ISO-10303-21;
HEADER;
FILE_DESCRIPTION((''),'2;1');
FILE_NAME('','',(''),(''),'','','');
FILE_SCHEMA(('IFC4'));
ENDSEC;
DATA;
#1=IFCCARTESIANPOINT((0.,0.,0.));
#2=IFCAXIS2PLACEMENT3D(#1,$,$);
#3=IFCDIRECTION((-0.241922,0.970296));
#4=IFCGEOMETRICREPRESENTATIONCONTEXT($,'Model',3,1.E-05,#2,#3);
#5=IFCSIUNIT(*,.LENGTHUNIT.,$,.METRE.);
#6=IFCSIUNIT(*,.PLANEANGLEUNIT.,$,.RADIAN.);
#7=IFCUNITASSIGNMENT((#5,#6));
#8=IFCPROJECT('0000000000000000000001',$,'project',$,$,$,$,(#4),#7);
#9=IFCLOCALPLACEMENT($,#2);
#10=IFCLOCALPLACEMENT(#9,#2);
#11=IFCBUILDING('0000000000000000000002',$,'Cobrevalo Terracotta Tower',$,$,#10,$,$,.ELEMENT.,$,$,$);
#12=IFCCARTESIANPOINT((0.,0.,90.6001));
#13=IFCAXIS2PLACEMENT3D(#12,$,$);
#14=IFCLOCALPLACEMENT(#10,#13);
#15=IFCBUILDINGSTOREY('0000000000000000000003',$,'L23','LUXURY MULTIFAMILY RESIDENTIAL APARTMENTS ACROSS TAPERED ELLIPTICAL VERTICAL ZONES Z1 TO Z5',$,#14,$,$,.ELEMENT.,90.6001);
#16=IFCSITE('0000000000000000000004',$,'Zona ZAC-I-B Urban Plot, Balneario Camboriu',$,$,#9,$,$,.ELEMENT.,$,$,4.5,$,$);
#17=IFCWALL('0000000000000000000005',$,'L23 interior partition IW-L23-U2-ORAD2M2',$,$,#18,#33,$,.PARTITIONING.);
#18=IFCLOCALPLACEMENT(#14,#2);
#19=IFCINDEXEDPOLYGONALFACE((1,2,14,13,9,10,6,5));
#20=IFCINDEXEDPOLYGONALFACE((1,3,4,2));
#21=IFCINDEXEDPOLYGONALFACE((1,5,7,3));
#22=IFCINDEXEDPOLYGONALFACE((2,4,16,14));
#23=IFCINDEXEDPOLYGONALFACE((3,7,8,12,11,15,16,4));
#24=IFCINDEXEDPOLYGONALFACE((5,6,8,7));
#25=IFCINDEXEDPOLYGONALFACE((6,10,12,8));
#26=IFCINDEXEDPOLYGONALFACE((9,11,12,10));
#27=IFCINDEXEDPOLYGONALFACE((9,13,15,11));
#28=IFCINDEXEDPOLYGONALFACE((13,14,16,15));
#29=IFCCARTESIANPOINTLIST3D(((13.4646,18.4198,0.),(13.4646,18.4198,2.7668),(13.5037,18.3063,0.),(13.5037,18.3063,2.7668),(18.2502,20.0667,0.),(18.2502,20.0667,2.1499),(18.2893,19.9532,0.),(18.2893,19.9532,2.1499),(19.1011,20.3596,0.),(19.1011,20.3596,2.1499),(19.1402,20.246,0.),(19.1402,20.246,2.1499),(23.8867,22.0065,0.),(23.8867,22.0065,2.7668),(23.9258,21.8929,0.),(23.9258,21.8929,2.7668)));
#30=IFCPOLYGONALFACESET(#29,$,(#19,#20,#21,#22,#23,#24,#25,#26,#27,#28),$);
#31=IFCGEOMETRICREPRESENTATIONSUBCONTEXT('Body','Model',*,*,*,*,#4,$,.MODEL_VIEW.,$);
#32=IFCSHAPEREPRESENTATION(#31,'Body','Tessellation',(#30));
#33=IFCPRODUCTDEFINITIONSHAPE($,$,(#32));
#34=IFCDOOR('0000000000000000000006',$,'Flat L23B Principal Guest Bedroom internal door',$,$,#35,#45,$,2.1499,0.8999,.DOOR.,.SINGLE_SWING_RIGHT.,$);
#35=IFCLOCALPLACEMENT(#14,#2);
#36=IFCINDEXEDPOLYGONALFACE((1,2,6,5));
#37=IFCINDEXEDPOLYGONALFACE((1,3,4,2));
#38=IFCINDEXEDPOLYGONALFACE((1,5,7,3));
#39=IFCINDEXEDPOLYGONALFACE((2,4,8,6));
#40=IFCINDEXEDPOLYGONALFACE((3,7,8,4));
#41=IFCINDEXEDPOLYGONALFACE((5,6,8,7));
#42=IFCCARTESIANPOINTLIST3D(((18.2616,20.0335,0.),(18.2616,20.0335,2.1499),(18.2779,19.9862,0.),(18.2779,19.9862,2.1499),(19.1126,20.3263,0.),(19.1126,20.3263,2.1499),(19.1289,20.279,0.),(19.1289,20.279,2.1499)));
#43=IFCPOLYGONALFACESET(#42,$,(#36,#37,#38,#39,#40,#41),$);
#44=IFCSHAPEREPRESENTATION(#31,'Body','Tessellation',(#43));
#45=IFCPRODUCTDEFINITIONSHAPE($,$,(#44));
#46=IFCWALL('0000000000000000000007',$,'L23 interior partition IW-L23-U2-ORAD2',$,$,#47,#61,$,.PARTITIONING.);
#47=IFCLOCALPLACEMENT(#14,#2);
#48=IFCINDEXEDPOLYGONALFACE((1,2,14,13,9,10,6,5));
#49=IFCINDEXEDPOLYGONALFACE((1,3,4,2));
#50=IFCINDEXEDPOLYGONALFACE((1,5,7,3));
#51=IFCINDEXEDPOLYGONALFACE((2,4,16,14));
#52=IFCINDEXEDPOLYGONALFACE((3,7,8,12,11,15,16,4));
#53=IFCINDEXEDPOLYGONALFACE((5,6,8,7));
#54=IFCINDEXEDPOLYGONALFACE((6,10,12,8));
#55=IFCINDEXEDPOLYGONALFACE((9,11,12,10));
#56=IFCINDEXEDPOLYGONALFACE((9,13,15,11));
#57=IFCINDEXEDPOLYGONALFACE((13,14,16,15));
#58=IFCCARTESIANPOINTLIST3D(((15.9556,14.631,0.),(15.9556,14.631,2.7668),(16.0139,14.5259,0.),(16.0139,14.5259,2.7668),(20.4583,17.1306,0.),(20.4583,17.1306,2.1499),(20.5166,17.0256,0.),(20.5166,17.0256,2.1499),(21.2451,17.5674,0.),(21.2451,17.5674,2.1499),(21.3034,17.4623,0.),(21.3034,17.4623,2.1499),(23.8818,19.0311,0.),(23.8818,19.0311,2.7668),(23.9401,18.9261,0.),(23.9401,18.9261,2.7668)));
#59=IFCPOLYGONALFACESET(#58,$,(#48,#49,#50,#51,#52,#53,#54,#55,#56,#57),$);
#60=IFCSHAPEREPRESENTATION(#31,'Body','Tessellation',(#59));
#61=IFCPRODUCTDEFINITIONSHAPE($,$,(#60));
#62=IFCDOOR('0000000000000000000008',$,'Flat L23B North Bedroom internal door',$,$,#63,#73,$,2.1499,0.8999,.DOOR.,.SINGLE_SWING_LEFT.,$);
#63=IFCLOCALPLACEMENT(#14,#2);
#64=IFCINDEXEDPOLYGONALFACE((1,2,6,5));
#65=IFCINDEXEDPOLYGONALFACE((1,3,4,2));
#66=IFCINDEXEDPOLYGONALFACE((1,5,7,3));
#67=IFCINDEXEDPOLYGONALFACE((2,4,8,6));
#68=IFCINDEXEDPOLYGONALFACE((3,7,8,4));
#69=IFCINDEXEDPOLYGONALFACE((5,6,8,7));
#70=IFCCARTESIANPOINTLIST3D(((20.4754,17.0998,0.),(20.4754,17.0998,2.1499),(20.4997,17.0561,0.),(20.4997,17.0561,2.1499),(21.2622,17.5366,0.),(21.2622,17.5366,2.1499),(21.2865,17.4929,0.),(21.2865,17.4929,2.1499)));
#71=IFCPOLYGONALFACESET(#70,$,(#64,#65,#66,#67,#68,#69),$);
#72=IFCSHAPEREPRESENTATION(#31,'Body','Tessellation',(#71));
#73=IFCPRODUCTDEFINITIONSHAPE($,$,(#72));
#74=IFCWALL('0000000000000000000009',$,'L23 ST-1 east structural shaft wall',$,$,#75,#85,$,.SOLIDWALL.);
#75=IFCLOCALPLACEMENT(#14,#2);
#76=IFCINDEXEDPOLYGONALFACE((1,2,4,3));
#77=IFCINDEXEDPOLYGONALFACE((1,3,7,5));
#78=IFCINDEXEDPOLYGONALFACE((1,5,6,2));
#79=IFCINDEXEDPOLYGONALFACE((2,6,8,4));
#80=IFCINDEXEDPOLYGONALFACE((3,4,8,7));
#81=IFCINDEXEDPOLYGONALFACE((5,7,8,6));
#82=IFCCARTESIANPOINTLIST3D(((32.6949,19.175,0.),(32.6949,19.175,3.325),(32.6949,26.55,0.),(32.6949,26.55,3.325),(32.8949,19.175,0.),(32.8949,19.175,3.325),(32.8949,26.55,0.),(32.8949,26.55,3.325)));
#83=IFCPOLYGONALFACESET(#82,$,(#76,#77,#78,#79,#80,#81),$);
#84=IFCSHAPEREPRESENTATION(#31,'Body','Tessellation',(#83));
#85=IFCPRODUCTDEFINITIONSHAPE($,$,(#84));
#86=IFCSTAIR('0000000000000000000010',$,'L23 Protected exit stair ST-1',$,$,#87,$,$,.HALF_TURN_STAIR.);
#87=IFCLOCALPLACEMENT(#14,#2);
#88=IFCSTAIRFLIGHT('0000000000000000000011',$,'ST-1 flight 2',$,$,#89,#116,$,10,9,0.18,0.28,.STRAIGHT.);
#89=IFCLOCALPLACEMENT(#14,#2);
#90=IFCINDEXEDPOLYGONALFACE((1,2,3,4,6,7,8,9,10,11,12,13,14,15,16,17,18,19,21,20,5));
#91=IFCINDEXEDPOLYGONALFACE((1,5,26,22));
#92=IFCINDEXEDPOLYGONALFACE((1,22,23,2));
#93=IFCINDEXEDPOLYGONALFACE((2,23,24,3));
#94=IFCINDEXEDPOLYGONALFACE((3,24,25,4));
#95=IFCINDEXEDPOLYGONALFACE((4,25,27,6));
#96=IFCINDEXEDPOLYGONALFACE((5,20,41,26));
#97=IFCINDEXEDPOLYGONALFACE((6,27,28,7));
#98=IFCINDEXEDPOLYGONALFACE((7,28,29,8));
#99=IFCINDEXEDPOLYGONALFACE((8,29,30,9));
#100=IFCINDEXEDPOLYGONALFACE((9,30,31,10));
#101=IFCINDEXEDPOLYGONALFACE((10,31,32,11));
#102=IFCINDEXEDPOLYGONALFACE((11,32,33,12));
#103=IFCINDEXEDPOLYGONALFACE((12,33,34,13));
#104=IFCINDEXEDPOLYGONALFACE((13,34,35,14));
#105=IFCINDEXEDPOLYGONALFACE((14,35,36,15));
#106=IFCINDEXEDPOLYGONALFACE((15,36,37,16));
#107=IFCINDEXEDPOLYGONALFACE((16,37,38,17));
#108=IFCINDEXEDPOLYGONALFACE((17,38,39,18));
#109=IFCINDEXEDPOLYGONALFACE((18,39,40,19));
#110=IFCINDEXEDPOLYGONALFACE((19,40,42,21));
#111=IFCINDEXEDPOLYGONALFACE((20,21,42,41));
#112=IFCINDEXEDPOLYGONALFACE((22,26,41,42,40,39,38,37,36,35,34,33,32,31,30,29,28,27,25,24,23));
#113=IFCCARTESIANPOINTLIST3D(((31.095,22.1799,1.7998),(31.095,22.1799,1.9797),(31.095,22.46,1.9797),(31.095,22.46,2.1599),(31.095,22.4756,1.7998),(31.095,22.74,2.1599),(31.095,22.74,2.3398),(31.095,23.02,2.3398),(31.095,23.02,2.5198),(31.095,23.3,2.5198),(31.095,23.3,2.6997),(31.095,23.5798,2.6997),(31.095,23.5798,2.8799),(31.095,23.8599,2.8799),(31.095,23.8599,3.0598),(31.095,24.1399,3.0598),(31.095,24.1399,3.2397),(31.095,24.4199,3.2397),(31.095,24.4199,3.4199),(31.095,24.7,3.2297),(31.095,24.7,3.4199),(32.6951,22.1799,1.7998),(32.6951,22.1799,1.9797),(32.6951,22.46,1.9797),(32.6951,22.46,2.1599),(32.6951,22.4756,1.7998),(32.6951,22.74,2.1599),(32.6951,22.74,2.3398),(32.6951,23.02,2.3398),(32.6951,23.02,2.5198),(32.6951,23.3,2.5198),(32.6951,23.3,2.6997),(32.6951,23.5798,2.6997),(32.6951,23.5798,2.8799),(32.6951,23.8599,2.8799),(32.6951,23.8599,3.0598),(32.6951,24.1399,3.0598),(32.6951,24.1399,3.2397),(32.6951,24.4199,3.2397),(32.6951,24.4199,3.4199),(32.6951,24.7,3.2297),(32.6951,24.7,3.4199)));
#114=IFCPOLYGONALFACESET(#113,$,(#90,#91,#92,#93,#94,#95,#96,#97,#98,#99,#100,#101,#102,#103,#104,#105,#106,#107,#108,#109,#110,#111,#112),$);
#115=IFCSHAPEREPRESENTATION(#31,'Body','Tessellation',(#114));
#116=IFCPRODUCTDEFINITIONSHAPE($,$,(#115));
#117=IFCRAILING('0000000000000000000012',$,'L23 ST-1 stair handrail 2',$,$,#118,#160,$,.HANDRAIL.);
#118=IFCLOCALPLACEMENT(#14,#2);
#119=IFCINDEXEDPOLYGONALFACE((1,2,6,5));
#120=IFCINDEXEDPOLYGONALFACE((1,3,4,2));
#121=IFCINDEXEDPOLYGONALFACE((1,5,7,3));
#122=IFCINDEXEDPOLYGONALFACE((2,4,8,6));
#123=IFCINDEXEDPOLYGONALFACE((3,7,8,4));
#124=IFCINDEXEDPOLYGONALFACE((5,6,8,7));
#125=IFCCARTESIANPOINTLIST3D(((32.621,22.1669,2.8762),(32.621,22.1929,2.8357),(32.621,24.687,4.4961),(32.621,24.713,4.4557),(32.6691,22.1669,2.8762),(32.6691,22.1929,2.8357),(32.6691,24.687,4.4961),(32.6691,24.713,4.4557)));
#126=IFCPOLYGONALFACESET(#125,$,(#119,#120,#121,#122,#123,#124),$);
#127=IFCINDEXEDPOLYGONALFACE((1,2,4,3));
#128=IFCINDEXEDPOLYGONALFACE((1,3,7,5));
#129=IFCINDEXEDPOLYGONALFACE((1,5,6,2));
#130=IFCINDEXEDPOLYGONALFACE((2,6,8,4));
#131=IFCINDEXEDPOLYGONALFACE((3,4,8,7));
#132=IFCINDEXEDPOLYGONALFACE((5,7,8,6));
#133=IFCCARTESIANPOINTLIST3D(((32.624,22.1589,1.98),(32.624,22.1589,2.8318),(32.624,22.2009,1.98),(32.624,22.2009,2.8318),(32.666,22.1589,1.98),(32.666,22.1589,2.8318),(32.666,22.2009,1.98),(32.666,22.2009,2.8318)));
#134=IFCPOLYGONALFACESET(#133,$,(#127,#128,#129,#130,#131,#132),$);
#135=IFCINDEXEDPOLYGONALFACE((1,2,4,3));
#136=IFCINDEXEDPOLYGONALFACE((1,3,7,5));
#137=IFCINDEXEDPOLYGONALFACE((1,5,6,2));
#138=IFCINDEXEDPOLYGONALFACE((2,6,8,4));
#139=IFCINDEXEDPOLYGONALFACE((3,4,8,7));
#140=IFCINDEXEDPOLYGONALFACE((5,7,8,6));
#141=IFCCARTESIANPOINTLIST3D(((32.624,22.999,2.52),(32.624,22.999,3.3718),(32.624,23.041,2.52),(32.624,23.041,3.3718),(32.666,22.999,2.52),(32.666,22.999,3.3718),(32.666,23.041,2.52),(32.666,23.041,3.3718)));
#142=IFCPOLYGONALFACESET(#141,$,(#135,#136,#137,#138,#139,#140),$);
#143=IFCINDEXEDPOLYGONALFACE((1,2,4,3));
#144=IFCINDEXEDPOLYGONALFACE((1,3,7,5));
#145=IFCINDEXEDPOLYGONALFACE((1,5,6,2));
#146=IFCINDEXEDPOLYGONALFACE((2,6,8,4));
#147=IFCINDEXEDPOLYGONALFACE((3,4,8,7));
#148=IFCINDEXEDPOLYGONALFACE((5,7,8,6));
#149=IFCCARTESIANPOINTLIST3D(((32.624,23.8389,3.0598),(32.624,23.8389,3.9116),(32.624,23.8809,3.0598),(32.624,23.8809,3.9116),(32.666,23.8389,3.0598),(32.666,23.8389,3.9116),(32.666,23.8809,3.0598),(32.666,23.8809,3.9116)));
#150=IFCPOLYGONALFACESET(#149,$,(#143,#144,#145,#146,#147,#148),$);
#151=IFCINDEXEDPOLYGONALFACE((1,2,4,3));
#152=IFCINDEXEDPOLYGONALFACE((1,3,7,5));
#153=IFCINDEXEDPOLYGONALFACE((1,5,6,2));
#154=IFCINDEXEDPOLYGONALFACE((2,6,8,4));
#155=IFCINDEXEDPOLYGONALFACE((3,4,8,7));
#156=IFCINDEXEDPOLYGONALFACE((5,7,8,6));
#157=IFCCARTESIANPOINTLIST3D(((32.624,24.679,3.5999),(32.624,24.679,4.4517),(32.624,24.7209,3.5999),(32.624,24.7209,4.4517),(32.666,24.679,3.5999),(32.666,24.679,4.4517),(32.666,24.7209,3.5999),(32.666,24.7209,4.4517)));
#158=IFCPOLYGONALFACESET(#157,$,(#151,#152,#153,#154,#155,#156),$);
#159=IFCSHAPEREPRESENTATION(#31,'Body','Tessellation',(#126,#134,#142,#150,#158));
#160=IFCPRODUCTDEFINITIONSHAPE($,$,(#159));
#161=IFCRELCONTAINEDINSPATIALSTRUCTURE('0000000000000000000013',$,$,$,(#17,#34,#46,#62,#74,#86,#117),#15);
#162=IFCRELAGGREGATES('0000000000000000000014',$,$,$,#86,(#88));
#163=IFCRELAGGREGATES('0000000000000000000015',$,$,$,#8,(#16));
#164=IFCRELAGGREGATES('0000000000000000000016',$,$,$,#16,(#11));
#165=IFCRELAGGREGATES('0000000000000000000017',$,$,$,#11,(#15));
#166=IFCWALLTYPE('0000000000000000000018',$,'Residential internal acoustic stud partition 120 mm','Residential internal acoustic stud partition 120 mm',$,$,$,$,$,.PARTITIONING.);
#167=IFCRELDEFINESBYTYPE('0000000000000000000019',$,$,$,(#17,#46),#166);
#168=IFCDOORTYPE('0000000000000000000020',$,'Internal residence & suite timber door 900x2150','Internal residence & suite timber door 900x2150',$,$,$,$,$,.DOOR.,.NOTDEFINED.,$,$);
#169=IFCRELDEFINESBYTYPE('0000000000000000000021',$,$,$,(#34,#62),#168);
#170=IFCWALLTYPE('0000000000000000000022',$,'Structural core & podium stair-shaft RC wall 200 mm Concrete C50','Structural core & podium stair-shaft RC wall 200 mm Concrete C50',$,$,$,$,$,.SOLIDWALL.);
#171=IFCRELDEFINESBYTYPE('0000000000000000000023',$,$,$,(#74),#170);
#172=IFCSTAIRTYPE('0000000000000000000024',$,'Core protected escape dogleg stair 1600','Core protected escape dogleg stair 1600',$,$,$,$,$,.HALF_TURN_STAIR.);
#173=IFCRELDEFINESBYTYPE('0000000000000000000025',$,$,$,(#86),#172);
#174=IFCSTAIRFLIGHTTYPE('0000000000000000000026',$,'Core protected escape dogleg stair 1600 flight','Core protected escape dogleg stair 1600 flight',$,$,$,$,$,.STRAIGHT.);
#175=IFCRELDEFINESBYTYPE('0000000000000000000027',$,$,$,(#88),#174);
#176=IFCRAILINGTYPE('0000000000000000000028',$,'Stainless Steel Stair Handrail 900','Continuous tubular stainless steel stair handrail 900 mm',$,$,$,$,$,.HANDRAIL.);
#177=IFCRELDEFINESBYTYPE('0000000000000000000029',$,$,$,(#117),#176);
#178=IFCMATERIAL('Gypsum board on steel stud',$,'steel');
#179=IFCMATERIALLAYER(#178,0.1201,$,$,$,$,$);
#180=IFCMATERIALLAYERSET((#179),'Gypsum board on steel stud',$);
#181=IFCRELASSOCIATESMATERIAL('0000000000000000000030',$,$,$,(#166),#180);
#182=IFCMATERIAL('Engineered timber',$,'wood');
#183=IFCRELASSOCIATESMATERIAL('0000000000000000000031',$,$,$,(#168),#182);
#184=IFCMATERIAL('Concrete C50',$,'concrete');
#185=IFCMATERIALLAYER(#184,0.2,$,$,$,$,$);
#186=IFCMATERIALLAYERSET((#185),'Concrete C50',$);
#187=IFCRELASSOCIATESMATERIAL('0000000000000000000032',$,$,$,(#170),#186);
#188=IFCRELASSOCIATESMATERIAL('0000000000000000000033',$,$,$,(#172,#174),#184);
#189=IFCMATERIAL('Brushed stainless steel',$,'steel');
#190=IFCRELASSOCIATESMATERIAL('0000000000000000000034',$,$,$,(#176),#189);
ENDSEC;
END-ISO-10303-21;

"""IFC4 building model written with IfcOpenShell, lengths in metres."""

from ifc_helpers import new_model, si_unit, direction, frame, frame_2d, origin, origin_2d, place, context, subcontext, project, spatial, polyline, rectangle, outline, extrude, source, transform, mapped, material, layer, layer_set, type_object, element, fill, aggregate, save


model = new_model("IFC4")

# Units and contexts
model_context = context("Model", 3, precision=1e-05, world=origin(), true_north=direction((-0.241922, 0.970296)))
body_context = subcontext(model_context, "Body", "Model", "MODEL_VIEW")
ifc_project = project(units=[si_unit("LENGTHUNIT", "METRE"), si_unit("PLANEANGLEUNIT", "RADIAN")], contexts=[model_context])

# Site, building, storey
site_placement = place(None, origin())
site = spatial("IfcSite", under=ifc_project, at=site_placement, Name="Zona ZAC-I-B Urban Plot, Balneario Camboriu", CompositionType="ELEMENT", RefElevation=4.5)
building_placement = place(site_placement, origin())
building = spatial("IfcBuilding", under=site, at=building_placement, Name="Cobrevalo Terracotta Tower", CompositionType="ELEMENT")
storey_placement = place(building_placement, frame((0.0, 0.0, 90.6001)))
storey = spatial("IfcBuildingStorey", under=building, at=storey_placement, Name="L23", Description="LUXURY MULTIFAMILY RESIDENTIAL APARTMENTS ACROSS TAPERED ELLIPTICAL VERTICAL ZONES Z1 TO Z5", CompositionType="ELEMENT", Elevation=90.6001)

# Shared definitions
ifc_material_1 = material(Name="Gypsum board on steel stud", Category="steel")

# Walls, openings, doors
ifc_layer_1 = layer(ifc_material_1, 0.1201)
ifc_layer_set_1 = layer_set([ifc_layer_1], Name="Gypsum board on steel stud")
wall_type_1 = type_object("IfcWallType", Name="Residential internal acoustic stud partition 120 mm", Description="Residential internal acoustic stud partition 120 mm", PredefinedType="PARTITIONING", material=ifc_layer_set_1)
wall_1_placement = place(storey_placement, frame((23.9062, 21.9497, 0.0), z_axis=(0.0, 0.0, 1.0), x_axis=(-0.945573, -0.32541, 0.0)))
wall_1 = element("IfcWall", 1, at=wall_1_placement, inside=storey, type_object=wall_type_1, Name="L23 interior partition IW-L23-U2-ORAD2M2", PredefinedType="PARTITIONING", context=body_context, shape_type="SweptSolid", body=[
    extrude(rectangle(XDim=11.022, YDim=0.1201, at=frame_2d((5.511, 0.0))), origin(), (0.0, 0.0, 1.0), 2.7668),
])
opening_1_placement = place(wall_1_placement, frame((5.061, 0.0, 0.0)))
opening_1 = element("IfcOpeningElement", 2, at=opening_1_placement, cuts=wall_1, PredefinedType="OPENING", context=body_context, shape_type="SweptSolid", body=[
    extrude(rectangle(XDim=0.8999, YDim=2.1499, at=frame_2d((0.45, 1.075))), frame((0.0, 0.0701, 0.0), z_axis=(0.0, -1.0, 0.0), x_axis=(1.0, 0.0, 0.0)), (0.0, 0.0, 1.0), 0.1401),
])
ifc_material_2 = material(Name="Engineered timber", Category="wood")
door_type_1 = type_object("IfcDoorType", Name="Internal residence & suite timber door 900x2150", Description="Internal residence & suite timber door 900x2150", OperationType="NOTDEFINED", PredefinedType="DOOR", material=ifc_material_2)
shared_shape_1 = source(origin(), body_context, "Body", "SweptSolid", [
    extrude(rectangle(XDim=0.8999, YDim=2.1499, at=frame_2d((0.45, 1.075))), frame((0.0, 0.0249, 0.0), z_axis=(0.0, -1.0, 0.0), x_axis=(1.0, 0.0, 0.0)), (0.0, 0.0, 1.0), 0.05),
])
door_1_placement = place(opening_1_placement, frame((0.8999, 0.0, 0.0), z_axis=(0.0, 0.0, 1.0), x_axis=(-1.0, 0.0, 0.0)))
door_1 = element("IfcDoor", 3, at=door_1_placement, inside=storey, type_object=door_type_1, Name="Flat L23B Principal Guest Bedroom internal door", OperationType="SINGLE_SWING_RIGHT", OverallHeight=2.1499, OverallWidth=0.8999, PredefinedType="DOOR", context=body_context, shape_type="MappedRepresentation", body=[
    mapped(shared_shape_1, transform((0.0, 0.0, 0.0), scale=1.0)),
])
fill(opening_1, door_1)
wall_2_placement = place(storey_placement, frame((23.9109, 18.9785, 0.0), z_axis=(0.0, 0.0, 1.0), x_axis=(-0.874313, -0.485362, 0.0)))
wall_2 = element("IfcWall", 4, at=wall_2_placement, inside=storey, type_object=wall_type_1, Name="L23 interior partition IW-L23-U2-ORAD2", PredefinedType="PARTITIONING", context=body_context, shape_type="SweptSolid", body=[
    extrude(rectangle(XDim=9.0657, YDim=0.1201, at=frame_2d((4.5327, 0.0))), origin(), (0.0, 0.0, 1.0), 2.7668),
])
opening_2_placement = place(wall_2_placement, frame((3.0156, 0.0, 0.0)))
opening_2 = element("IfcOpeningElement", 5, at=opening_2_placement, cuts=wall_2, PredefinedType="OPENING", context=body_context, shape_type="SweptSolid", body=[
    extrude(rectangle(XDim=0.8999, YDim=2.1499, at=frame_2d((0.45, 1.075))), frame((0.0, 0.0701, 0.0), z_axis=(0.0, -1.0, 0.0), x_axis=(1.0, 0.0, 0.0)), (0.0, 0.0, 1.0), 0.1401),
])
door_2_placement = place(opening_2_placement, frame((0.8999, 0.0, 0.0), z_axis=(0.0, 0.0, 1.0), x_axis=(-1.0, 0.0, 0.0)))
door_2 = element("IfcDoor", 6, at=door_2_placement, inside=storey, type_object=door_type_1, Name="Flat L23B North Bedroom internal door", OperationType="SINGLE_SWING_LEFT", OverallHeight=2.1499, OverallWidth=0.8999, PredefinedType="DOOR", context=body_context, shape_type="MappedRepresentation", body=[
    mapped(shared_shape_1, transform((0.0, 0.0, 0.0), scale=1.0)),
])
fill(opening_2, door_2)

# Wall
ifc_material_3 = material(Name="Concrete C50", Category="concrete")
ifc_layer_2 = layer(ifc_material_3, 0.2)
ifc_layer_set_2 = layer_set([ifc_layer_2], Name="Concrete C50")
wall_type_2 = type_object("IfcWallType", Name="Structural core & podium stair-shaft RC wall 200 mm Concrete C50", Description="Structural core & podium stair-shaft RC wall 200 mm Concrete C50", PredefinedType="SOLIDWALL", material=ifc_layer_set_2)
wall_3_placement = place(storey_placement, frame((32.7949, 19.175, 0.0), z_axis=(0.0, 0.0, 1.0), x_axis=(0.0, 1.0, 0.0)))
element("IfcWall", 7, at=wall_3_placement, inside=storey, type_object=wall_type_2, Name="L23 ST-1 east structural shaft wall", PredefinedType="SOLIDWALL", context=body_context, shape_type="SweptSolid", body=[
    extrude(rectangle(XDim=7.375, YDim=0.2, at=frame_2d((3.6875, 0.0))), origin(), (0.0, 0.0, 1.0), 3.325),
])

# Stair, stair flight
stair_type = type_object("IfcStairType", Name="Core protected escape dogleg stair 1600", Description="Core protected escape dogleg stair 1600", PredefinedType="HALF_TURN_STAIR", material=ifc_material_3)
stair_placement = place(storey_placement, origin())
stair = element("IfcStair", 8, at=stair_placement, inside=storey, type_object=stair_type, Name="L23 Protected exit stair ST-1", PredefinedType="HALF_TURN_STAIR")
stair_flight_type = type_object("IfcStairFlightType", Name="Core protected escape dogleg stair 1600 flight", Description="Core protected escape dogleg stair 1600 flight", PredefinedType="STRAIGHT", material=ifc_material_3)
stair_flight_placement = place(storey_placement, frame((31.895, 22.1799, 1.7998), z_axis=(0.0, 0.0, 1.0), x_axis=(0.0, 1.0, 0.0)))
stair_flight = element("IfcStairFlight", 9, at=stair_flight_placement, type_object=stair_flight_type, Name="ST-1 flight 2", NumberOfRisers=10, NumberOfTreads=9, PredefinedType="STRAIGHT", RiserHeight=0.18, TreadLength=0.28, context=body_context, shape_type="SweptSolid", body=[
    extrude(outline(polyline([(0.0, 0.0), (0.0, 0.1799), (0.28, 0.1799), (0.28, 0.3601), (0.5601, 0.3601), (0.5601, 0.54), (0.8401, 0.54), (0.8401, 0.72), (1.1201, 0.72), (1.1201, 0.8999), (1.3999, 0.8999), (1.3999, 1.0801), (1.6799, 1.0801), (1.6799, 1.26), (1.96, 1.26), (1.96, 1.4399), (2.24, 1.4399), (2.24, 1.6201), (2.52, 1.6201), (2.52, 1.8), (2.52, 1.4299), (0.2957, 0.0), (0.0, 0.0)])), frame((0.0, 0.8, 0.0), z_axis=(0.0, -1.0, 0.0), x_axis=(1.0, 0.0, 0.0)), (0.0, 0.0, 1.0), 1.6001),
])
aggregate(stair, [stair_flight])

# Railing
ifc_material_4 = material(Name="Brushed stainless steel", Category="steel")
railing_type_1 = type_object("IfcRailingType", Name="Stainless Steel Stair Handrail 900", Description="Continuous tubular stainless steel stair handrail 900 mm", PredefinedType="HANDRAIL", material=ifc_material_4)
railing_1_placement = place(storey_placement, frame((32.645, 22.1799, 1.98)))
element("IfcRailing", 10, at=railing_1_placement, inside=storey, type_object=railing_type_1, Name="L23 ST-1 stair handrail 2", PredefinedType="HANDRAIL", context=body_context, shape_type="SweptSolid", body=[
    extrude(rectangle(XDim=0.0481, YDim=0.0481, at=origin_2d()), frame((0.0, 0.0, 0.876), z_axis=(0.0, 0.8412, 0.540725), x_axis=(-1.0, 0.0, 0.0)), (0.0, 0.0, 1.0), 2.9958),
    extrude(rectangle(XDim=0.042, YDim=0.042, at=origin_2d()), origin(), (0.0, 0.0, 1.0), 0.8518),
    extrude(rectangle(XDim=0.042, YDim=0.042, at=origin_2d()), frame((0.0, 0.8401, 0.54)), (0.0, 0.0, 1.0), 0.8518),
    extrude(rectangle(XDim=0.042, YDim=0.042, at=origin_2d()), frame((0.0, 1.6799, 1.0798)), (0.0, 0.0, 1.0), 0.8518),
    extrude(rectangle(XDim=0.042, YDim=0.042, at=origin_2d()), frame((0.0, 2.52, 1.6199)), (0.0, 0.0, 1.0), 0.8518),
])

save(model, "model.ifc")
